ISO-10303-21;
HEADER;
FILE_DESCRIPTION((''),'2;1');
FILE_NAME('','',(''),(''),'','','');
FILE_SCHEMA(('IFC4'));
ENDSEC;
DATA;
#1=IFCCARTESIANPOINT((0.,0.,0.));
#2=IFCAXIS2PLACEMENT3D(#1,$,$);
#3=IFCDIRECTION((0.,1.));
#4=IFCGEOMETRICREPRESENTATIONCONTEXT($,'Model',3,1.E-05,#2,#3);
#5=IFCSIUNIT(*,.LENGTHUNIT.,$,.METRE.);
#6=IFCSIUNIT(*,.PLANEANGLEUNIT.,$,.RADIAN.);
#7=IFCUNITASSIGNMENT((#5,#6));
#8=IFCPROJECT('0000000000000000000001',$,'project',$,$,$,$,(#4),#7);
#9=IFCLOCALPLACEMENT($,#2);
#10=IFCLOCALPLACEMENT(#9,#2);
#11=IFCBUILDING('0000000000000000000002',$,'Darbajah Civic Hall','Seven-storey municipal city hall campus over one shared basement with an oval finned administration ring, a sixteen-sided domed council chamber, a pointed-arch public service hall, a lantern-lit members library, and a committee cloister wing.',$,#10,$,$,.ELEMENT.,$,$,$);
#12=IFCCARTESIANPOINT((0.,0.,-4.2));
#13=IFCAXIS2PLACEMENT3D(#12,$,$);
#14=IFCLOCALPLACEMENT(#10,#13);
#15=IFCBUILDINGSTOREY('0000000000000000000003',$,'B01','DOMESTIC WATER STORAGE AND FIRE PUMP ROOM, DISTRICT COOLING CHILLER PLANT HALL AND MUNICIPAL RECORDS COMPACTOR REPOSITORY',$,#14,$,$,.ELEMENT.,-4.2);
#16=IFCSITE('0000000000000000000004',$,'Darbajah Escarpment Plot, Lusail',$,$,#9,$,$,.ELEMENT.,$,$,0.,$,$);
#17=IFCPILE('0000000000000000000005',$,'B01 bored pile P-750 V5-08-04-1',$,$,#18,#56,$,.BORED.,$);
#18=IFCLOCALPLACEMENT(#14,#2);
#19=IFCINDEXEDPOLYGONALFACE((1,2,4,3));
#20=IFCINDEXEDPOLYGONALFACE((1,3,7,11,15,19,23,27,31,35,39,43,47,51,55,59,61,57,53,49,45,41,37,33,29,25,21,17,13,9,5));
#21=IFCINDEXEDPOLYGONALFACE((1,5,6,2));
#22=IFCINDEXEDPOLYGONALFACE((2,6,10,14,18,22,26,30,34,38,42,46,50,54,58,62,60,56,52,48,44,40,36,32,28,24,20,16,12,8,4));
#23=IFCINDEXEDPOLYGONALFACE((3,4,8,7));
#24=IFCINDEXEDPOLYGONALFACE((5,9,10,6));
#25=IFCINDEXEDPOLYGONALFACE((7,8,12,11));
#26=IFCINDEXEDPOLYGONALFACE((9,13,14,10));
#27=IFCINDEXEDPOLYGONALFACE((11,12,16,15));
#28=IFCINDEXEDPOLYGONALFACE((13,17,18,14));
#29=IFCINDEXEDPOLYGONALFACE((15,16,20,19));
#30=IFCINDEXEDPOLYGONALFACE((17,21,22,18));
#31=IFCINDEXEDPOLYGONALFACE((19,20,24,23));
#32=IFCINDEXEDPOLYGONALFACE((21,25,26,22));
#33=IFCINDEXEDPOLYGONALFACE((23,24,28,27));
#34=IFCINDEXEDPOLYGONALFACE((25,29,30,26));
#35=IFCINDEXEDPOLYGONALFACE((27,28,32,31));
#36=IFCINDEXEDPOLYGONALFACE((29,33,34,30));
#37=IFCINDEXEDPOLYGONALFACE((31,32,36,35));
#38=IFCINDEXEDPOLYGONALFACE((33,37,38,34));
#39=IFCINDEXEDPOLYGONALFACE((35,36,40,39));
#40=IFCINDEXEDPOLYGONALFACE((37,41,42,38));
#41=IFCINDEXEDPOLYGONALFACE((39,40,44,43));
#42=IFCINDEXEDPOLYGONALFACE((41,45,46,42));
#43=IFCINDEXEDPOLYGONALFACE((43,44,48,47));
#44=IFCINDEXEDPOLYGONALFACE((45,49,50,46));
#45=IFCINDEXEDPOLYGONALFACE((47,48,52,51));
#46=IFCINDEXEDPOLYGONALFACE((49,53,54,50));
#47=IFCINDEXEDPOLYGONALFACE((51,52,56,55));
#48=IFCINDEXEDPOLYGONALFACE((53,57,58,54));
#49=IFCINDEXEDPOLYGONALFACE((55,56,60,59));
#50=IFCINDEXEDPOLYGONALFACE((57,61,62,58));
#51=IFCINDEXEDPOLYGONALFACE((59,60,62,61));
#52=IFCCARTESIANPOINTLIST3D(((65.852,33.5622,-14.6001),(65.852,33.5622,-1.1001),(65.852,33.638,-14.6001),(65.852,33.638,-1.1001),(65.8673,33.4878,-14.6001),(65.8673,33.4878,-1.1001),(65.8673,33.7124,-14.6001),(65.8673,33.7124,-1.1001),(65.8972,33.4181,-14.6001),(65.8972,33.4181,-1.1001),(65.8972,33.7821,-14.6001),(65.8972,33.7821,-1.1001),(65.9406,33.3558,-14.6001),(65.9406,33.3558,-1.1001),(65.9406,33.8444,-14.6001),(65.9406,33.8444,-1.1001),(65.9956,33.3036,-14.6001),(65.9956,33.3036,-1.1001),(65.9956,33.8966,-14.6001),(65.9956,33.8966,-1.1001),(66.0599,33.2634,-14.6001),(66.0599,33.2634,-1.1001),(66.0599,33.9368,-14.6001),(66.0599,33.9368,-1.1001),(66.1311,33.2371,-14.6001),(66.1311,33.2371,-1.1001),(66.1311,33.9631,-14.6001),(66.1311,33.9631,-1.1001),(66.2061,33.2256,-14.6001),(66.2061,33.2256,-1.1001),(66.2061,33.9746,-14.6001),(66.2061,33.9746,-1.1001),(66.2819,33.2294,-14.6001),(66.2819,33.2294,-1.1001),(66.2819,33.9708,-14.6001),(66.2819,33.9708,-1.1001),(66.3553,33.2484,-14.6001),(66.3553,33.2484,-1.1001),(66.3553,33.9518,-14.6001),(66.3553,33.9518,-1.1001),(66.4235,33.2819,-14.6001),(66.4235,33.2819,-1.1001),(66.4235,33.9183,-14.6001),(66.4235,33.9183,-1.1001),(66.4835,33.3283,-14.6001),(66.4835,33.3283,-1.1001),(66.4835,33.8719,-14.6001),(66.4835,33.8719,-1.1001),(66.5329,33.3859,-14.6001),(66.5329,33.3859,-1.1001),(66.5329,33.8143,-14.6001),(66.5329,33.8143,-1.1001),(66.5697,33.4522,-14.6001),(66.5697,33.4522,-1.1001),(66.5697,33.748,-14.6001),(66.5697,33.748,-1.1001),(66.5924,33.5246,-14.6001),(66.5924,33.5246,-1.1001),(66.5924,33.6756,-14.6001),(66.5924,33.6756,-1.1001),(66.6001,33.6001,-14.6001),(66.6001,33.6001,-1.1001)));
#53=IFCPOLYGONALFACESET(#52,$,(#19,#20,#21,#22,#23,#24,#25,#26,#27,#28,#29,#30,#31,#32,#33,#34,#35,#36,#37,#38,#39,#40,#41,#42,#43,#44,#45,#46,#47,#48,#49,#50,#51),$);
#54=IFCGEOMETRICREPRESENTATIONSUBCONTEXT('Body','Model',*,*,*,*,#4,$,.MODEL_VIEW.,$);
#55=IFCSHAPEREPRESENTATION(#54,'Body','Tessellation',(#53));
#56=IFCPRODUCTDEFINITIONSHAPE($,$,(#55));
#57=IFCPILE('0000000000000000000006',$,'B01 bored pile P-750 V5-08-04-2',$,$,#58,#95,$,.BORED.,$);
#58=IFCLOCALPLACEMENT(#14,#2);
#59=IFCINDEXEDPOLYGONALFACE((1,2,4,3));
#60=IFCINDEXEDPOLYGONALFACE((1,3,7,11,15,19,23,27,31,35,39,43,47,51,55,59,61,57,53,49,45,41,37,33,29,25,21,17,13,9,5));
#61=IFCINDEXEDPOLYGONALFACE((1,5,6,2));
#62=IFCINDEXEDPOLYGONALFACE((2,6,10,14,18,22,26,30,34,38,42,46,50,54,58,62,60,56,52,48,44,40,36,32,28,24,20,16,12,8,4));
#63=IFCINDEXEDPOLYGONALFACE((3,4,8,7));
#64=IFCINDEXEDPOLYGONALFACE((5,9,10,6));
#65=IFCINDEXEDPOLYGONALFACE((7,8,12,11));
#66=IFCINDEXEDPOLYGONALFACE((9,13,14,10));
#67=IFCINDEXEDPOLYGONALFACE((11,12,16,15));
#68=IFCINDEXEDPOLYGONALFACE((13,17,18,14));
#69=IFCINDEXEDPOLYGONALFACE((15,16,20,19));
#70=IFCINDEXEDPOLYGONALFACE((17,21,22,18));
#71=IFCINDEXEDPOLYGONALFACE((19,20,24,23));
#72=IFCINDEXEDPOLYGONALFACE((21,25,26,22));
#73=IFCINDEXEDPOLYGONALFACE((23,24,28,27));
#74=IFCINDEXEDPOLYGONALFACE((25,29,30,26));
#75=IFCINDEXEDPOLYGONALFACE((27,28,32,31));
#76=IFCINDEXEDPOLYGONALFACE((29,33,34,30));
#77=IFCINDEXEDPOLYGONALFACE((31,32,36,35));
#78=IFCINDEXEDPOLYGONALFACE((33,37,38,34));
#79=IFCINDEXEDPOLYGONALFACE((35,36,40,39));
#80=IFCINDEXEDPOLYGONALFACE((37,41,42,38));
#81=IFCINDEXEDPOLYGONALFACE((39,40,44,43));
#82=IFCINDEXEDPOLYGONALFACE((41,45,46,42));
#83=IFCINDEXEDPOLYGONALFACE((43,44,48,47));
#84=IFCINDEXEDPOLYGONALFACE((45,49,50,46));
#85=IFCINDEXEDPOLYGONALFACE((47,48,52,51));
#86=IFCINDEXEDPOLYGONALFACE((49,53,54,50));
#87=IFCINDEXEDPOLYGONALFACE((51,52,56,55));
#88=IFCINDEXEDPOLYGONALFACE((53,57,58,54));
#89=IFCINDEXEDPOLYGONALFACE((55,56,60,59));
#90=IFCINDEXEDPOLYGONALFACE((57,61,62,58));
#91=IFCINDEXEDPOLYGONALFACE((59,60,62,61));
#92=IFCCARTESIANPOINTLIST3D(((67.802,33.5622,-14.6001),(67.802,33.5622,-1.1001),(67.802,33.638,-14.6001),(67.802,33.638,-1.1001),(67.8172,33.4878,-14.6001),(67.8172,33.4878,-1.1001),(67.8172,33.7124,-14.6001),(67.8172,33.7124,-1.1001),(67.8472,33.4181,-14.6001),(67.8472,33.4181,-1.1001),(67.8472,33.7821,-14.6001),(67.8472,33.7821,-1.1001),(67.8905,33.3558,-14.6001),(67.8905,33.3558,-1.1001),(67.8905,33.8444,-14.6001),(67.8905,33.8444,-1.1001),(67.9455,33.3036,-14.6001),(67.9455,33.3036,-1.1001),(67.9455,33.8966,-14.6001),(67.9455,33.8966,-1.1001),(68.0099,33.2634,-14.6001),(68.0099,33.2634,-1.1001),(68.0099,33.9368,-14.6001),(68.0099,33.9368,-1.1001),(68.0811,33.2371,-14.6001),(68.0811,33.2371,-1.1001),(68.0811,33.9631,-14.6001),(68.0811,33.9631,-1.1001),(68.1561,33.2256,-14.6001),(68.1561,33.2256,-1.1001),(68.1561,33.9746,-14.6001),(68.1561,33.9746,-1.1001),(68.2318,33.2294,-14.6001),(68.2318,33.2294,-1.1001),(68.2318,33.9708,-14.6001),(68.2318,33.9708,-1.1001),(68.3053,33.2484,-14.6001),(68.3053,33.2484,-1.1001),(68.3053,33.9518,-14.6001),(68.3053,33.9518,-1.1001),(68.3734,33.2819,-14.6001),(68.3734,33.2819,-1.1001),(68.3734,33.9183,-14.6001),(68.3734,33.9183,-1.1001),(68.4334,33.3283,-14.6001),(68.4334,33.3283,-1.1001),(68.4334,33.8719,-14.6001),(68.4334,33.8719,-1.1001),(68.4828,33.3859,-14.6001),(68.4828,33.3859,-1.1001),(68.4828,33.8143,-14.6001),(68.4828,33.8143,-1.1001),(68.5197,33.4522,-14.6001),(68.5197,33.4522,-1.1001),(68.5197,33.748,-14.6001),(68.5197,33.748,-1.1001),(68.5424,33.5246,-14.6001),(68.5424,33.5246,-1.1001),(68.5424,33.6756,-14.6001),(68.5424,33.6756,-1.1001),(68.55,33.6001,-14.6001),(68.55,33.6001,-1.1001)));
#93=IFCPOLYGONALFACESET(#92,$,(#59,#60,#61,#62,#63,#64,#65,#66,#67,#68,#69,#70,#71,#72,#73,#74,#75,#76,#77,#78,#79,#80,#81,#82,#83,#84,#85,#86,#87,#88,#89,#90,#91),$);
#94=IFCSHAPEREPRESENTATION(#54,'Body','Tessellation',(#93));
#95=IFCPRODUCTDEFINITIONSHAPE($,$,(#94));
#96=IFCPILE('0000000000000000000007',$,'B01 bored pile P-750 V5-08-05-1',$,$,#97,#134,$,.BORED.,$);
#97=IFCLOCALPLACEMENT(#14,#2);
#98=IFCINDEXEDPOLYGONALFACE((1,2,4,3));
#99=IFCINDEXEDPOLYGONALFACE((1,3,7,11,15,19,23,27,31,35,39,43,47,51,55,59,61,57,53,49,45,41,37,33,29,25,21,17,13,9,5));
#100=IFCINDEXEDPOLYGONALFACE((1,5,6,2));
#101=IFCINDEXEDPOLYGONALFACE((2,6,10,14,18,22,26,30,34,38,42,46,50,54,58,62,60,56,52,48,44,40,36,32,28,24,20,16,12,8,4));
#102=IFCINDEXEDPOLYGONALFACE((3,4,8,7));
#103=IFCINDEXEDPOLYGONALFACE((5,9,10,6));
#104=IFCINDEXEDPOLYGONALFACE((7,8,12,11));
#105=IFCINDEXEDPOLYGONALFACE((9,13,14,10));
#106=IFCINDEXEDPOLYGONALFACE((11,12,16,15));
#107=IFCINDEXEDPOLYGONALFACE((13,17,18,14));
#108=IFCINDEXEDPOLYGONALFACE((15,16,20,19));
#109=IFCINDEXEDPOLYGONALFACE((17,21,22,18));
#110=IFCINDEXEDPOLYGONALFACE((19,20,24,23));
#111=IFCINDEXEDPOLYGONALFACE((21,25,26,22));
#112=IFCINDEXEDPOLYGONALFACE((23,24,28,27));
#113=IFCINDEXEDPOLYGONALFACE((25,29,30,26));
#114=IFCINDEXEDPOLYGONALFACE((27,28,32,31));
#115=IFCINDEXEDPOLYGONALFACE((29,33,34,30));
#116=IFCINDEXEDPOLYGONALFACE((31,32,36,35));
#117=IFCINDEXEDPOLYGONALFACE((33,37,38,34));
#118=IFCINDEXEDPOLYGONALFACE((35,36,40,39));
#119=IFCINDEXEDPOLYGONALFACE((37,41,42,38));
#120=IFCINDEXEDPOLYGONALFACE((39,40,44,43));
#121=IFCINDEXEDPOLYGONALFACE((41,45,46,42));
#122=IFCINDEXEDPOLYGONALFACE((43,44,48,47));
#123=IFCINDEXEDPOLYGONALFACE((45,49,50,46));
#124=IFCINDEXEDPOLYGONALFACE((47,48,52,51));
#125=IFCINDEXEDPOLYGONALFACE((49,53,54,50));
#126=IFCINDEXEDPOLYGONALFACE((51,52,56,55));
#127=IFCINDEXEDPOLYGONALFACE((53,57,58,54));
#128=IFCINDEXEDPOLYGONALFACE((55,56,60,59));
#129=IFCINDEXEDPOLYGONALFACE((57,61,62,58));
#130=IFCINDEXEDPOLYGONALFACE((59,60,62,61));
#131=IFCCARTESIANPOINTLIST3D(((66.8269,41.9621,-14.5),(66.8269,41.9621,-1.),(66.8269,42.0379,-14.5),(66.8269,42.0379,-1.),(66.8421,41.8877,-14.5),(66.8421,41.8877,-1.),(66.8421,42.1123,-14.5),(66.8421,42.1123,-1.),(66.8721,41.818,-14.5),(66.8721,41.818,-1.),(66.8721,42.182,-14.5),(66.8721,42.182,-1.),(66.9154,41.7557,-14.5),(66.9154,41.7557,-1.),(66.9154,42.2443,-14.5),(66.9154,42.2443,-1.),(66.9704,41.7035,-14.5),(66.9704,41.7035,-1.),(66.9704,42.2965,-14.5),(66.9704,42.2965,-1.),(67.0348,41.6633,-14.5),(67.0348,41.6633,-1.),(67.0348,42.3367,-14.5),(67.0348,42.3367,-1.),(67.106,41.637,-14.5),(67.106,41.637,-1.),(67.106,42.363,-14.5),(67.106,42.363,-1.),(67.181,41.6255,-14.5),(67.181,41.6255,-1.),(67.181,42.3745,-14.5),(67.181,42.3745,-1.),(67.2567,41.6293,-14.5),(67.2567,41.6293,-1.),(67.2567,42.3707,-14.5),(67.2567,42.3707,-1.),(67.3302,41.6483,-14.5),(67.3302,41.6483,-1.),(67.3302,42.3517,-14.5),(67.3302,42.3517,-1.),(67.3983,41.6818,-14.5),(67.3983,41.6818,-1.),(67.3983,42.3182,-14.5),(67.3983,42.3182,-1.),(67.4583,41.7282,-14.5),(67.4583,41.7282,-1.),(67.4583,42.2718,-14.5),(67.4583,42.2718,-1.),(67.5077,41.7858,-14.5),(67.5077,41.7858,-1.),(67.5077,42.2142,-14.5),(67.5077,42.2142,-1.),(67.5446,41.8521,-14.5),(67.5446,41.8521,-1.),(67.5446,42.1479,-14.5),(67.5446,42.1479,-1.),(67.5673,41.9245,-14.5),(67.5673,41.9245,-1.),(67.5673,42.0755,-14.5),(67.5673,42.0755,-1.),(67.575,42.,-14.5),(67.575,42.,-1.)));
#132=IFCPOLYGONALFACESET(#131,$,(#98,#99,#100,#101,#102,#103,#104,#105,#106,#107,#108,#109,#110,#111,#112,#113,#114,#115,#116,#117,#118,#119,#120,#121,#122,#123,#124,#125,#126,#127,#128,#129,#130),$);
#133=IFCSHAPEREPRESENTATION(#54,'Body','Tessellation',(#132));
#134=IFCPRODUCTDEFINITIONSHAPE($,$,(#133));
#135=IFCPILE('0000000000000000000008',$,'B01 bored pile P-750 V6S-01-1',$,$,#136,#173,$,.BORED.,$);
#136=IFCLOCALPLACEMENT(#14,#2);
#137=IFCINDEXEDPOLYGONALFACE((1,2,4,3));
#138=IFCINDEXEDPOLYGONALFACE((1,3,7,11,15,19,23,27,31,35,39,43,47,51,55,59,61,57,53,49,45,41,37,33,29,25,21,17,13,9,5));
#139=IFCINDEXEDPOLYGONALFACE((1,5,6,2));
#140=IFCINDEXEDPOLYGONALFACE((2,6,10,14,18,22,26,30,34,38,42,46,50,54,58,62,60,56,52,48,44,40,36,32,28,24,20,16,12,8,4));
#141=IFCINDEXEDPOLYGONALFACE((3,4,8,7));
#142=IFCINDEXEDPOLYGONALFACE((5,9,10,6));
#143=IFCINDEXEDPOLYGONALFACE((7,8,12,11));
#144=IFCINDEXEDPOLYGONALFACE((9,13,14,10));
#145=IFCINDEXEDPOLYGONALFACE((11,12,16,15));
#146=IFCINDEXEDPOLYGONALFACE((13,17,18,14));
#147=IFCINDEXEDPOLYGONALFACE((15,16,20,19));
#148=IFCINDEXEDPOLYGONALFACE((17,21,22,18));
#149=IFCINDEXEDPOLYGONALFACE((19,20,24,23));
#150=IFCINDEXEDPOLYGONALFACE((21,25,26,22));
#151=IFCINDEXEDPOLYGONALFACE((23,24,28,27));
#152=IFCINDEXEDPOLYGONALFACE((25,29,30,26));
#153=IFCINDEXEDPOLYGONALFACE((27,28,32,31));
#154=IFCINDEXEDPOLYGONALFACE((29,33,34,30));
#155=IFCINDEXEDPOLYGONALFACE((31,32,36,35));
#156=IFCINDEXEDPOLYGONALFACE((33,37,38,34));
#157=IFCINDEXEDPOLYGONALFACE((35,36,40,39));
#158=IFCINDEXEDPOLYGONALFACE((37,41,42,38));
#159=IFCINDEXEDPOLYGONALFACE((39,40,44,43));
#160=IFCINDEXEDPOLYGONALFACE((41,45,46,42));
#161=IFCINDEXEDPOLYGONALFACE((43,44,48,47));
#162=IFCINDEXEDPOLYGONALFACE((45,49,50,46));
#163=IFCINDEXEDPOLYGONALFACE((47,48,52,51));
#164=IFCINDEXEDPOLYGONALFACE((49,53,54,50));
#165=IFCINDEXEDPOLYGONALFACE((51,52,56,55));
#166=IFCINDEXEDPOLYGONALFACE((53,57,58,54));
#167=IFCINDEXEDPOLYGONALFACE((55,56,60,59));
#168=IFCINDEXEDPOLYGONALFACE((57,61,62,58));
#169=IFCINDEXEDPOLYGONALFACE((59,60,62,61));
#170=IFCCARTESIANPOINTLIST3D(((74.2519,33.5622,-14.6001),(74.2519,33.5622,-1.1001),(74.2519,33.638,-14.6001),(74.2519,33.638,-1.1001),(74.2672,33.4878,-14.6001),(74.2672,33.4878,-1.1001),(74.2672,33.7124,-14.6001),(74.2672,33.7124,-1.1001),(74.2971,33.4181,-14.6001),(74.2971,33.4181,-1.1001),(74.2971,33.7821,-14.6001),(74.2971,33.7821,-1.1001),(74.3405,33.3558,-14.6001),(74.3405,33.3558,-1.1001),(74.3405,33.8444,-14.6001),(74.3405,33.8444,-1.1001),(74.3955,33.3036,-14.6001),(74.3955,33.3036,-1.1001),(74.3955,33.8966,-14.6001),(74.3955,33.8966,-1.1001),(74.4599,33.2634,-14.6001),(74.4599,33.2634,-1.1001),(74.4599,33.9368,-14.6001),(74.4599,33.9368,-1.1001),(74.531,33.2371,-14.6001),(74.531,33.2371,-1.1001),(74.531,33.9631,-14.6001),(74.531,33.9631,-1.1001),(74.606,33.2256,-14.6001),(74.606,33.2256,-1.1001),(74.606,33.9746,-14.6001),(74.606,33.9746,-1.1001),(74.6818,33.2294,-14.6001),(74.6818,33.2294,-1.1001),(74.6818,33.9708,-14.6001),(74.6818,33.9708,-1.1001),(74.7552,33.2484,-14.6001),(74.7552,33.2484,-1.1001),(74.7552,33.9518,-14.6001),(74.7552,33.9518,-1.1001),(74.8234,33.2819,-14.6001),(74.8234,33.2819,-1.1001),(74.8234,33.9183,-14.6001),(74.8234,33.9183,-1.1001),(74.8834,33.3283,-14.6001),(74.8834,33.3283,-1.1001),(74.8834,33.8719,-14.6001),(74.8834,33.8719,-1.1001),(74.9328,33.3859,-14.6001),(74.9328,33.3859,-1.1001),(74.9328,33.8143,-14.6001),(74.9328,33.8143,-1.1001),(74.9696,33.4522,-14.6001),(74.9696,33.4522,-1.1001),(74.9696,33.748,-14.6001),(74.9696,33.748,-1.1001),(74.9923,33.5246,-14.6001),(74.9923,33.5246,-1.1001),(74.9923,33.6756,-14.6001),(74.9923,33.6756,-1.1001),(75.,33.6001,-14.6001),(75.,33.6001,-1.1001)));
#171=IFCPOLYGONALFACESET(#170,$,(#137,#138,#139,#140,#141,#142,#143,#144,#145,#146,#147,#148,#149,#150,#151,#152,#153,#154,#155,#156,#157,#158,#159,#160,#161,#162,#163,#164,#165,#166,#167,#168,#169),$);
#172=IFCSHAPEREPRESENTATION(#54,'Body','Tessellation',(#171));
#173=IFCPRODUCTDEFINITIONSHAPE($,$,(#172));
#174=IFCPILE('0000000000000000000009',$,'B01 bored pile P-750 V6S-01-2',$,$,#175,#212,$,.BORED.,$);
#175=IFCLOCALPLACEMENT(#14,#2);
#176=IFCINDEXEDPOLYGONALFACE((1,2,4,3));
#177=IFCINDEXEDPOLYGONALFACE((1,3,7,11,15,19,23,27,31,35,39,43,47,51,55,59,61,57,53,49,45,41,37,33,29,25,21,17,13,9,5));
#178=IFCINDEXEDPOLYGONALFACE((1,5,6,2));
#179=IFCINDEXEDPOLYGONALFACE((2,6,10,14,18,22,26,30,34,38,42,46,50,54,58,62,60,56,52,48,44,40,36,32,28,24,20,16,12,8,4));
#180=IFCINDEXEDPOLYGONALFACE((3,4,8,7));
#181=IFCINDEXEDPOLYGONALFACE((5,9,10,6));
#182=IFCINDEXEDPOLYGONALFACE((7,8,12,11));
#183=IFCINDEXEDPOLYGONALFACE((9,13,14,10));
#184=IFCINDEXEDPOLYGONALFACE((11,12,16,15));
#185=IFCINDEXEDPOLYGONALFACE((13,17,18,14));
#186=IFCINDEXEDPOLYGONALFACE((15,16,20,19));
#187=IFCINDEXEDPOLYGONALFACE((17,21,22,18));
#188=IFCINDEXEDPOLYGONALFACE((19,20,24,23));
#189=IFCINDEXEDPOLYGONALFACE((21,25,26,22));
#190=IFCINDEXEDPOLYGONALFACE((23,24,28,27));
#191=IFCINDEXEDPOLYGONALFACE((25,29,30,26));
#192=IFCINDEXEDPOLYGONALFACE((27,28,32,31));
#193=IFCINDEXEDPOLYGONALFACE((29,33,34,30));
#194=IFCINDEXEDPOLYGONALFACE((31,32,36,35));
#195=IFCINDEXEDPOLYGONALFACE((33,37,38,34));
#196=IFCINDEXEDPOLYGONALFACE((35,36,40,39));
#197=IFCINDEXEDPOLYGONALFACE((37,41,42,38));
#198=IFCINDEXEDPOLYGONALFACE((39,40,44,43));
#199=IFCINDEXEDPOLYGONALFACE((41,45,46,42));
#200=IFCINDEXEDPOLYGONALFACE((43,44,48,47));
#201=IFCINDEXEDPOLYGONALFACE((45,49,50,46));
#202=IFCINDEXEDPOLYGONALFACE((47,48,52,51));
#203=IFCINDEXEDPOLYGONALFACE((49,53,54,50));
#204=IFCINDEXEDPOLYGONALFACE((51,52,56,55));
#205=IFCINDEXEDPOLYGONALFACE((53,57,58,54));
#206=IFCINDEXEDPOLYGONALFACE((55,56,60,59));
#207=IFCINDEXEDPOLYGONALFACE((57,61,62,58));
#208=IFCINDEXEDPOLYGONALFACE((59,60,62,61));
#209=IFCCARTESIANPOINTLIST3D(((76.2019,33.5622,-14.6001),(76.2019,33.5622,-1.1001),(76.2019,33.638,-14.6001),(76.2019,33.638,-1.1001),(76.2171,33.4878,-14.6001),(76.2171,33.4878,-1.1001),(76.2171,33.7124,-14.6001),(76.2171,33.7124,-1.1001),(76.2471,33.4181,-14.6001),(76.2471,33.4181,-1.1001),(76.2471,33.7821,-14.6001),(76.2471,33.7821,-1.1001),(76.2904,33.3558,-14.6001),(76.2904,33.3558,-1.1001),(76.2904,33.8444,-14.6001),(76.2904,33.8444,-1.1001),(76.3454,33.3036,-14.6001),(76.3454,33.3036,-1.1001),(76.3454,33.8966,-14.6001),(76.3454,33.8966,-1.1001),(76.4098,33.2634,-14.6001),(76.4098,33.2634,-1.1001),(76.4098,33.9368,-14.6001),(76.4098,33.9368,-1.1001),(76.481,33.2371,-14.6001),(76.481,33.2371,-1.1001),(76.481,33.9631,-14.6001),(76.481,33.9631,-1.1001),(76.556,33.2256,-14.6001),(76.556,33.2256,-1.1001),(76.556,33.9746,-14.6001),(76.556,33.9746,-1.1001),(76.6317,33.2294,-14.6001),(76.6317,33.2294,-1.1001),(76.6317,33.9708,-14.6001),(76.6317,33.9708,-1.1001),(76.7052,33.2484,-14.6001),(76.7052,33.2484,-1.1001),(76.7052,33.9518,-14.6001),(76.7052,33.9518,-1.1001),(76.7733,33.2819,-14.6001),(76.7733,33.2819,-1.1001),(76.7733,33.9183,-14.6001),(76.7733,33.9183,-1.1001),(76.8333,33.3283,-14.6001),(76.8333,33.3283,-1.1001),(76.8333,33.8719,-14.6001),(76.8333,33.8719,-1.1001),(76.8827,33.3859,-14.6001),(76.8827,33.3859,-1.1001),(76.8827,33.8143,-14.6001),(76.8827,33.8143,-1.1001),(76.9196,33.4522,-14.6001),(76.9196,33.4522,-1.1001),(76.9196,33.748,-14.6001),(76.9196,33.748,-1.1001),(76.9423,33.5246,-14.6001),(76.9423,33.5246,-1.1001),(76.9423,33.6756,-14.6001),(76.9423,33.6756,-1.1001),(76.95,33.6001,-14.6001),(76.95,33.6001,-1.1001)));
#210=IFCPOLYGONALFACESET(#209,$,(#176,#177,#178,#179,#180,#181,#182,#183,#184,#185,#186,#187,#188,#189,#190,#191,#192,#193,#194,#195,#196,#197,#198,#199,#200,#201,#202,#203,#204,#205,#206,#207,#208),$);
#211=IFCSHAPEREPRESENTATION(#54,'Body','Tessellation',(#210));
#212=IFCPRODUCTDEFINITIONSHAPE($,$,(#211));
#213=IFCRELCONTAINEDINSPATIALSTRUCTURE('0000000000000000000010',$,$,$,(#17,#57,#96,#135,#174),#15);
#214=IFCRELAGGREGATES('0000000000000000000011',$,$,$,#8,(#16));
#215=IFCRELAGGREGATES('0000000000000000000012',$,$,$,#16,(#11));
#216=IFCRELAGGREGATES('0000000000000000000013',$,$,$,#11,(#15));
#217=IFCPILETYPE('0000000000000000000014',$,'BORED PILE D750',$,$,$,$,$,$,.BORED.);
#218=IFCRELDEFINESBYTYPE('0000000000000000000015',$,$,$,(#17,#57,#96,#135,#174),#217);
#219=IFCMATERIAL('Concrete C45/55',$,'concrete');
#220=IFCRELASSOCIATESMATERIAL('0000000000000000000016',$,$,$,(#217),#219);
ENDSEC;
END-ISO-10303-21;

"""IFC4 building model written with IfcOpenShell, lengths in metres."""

from ifc_helpers import new_model, si_unit, direction, frame, origin, origin_2d, place, context, subcontext, project, spatial, circle, extrude, material, material_profile, profile_set, type_object, element, save


model = new_model("IFC4")

# Units and contexts
model_context = context("Model", 3, precision=1e-05, world=origin(), true_north=direction((0.0, 1.0)))
body_context = subcontext(model_context, "Body", "Model", "MODEL_VIEW")
ifc_project = project(units=[si_unit("LENGTHUNIT", "METRE"), si_unit("PLANEANGLEUNIT", "RADIAN")], contexts=[model_context])

# Site, building, storey
site_placement = place(None, origin())
site = spatial("IfcSite", under=ifc_project, at=site_placement, Name="Darbajah Escarpment Plot, Lusail", CompositionType="ELEMENT", RefElevation=0.0)
building_placement = place(site_placement, origin())
building = spatial("IfcBuilding", under=site, at=building_placement, Name="Darbajah Civic Hall", Description="Seven-storey municipal city hall campus over one shared basement with an oval finned administration ring, a sixteen-sided domed council chamber, a pointed-arch public service hall, a lantern-lit members library, and a committee cloister wing.", CompositionType="ELEMENT")
storey_placement = place(building_placement, frame((0.0, 0.0, -4.2)))
storey = spatial("IfcBuildingStorey", under=building, at=storey_placement, Name="B01", Description="DOMESTIC WATER STORAGE AND FIRE PUMP ROOM, DISTRICT COOLING CHILLER PLANT HALL AND MUNICIPAL RECORDS COMPACTOR REPOSITORY", CompositionType="ELEMENT", Elevation=-4.2)

# Piles
ifc_material_1 = material(Name="Concrete C45/55", Category="concrete")
ifc_material_profile_1 = material_profile(ifc_material_1, circle(Radius=0.375, at=origin_2d()), Name="BORED PILE D750")
ifc_profile_set_1 = profile_set([ifc_material_profile_1], Name="Concrete C45/55")
pile_type = type_object("IfcPileType", Name="BORED PILE D750", PredefinedType="BORED", material=ifc_profile_set_1)
for number, where, z_axis, x_axis, name in (
    (1, (66.2251, 33.6001, -1.1001), (0.0, 0.0, -1.0), (1.0, 0.0, 0.0), "B01 bored pile P-750 V5-08-04-1"),
    (2, (68.175, 33.6001, -1.1001), (0.0, 0.0, -1.0), (1.0, 0.0, 0.0), "B01 bored pile P-750 V5-08-04-2"),
    (3, (67.2, 42.0, -1.0), (0.0, 0.0, -1.0), (1.0, 0.0, 0.0), "B01 bored pile P-750 V5-08-05-1"),
    (4, (74.625, 33.6001, -1.1001), (0.0, 0.0, -1.0), (1.0, 0.0, 0.0), "B01 bored pile P-750 V6S-01-1"),
    (5, (76.575, 33.6001, -1.1001), (0.0, 0.0, -1.0), (1.0, 0.0, 0.0), "B01 bored pile P-750 V6S-01-2"),
):
    element("IfcPile", number, at=place(storey_placement, frame(where, z_axis=z_axis, x_axis=x_axis)), inside=storey, type_object=pile_type, Name=name, PredefinedType="BORED", context=body_context, shape_type="SweptSolid", body=[
        extrude(circle(Radius=0.375, at=origin_2d()), origin(), (0.0, 0.0, 1.0), 13.5),
    ])

save(model, "model.ifc")
